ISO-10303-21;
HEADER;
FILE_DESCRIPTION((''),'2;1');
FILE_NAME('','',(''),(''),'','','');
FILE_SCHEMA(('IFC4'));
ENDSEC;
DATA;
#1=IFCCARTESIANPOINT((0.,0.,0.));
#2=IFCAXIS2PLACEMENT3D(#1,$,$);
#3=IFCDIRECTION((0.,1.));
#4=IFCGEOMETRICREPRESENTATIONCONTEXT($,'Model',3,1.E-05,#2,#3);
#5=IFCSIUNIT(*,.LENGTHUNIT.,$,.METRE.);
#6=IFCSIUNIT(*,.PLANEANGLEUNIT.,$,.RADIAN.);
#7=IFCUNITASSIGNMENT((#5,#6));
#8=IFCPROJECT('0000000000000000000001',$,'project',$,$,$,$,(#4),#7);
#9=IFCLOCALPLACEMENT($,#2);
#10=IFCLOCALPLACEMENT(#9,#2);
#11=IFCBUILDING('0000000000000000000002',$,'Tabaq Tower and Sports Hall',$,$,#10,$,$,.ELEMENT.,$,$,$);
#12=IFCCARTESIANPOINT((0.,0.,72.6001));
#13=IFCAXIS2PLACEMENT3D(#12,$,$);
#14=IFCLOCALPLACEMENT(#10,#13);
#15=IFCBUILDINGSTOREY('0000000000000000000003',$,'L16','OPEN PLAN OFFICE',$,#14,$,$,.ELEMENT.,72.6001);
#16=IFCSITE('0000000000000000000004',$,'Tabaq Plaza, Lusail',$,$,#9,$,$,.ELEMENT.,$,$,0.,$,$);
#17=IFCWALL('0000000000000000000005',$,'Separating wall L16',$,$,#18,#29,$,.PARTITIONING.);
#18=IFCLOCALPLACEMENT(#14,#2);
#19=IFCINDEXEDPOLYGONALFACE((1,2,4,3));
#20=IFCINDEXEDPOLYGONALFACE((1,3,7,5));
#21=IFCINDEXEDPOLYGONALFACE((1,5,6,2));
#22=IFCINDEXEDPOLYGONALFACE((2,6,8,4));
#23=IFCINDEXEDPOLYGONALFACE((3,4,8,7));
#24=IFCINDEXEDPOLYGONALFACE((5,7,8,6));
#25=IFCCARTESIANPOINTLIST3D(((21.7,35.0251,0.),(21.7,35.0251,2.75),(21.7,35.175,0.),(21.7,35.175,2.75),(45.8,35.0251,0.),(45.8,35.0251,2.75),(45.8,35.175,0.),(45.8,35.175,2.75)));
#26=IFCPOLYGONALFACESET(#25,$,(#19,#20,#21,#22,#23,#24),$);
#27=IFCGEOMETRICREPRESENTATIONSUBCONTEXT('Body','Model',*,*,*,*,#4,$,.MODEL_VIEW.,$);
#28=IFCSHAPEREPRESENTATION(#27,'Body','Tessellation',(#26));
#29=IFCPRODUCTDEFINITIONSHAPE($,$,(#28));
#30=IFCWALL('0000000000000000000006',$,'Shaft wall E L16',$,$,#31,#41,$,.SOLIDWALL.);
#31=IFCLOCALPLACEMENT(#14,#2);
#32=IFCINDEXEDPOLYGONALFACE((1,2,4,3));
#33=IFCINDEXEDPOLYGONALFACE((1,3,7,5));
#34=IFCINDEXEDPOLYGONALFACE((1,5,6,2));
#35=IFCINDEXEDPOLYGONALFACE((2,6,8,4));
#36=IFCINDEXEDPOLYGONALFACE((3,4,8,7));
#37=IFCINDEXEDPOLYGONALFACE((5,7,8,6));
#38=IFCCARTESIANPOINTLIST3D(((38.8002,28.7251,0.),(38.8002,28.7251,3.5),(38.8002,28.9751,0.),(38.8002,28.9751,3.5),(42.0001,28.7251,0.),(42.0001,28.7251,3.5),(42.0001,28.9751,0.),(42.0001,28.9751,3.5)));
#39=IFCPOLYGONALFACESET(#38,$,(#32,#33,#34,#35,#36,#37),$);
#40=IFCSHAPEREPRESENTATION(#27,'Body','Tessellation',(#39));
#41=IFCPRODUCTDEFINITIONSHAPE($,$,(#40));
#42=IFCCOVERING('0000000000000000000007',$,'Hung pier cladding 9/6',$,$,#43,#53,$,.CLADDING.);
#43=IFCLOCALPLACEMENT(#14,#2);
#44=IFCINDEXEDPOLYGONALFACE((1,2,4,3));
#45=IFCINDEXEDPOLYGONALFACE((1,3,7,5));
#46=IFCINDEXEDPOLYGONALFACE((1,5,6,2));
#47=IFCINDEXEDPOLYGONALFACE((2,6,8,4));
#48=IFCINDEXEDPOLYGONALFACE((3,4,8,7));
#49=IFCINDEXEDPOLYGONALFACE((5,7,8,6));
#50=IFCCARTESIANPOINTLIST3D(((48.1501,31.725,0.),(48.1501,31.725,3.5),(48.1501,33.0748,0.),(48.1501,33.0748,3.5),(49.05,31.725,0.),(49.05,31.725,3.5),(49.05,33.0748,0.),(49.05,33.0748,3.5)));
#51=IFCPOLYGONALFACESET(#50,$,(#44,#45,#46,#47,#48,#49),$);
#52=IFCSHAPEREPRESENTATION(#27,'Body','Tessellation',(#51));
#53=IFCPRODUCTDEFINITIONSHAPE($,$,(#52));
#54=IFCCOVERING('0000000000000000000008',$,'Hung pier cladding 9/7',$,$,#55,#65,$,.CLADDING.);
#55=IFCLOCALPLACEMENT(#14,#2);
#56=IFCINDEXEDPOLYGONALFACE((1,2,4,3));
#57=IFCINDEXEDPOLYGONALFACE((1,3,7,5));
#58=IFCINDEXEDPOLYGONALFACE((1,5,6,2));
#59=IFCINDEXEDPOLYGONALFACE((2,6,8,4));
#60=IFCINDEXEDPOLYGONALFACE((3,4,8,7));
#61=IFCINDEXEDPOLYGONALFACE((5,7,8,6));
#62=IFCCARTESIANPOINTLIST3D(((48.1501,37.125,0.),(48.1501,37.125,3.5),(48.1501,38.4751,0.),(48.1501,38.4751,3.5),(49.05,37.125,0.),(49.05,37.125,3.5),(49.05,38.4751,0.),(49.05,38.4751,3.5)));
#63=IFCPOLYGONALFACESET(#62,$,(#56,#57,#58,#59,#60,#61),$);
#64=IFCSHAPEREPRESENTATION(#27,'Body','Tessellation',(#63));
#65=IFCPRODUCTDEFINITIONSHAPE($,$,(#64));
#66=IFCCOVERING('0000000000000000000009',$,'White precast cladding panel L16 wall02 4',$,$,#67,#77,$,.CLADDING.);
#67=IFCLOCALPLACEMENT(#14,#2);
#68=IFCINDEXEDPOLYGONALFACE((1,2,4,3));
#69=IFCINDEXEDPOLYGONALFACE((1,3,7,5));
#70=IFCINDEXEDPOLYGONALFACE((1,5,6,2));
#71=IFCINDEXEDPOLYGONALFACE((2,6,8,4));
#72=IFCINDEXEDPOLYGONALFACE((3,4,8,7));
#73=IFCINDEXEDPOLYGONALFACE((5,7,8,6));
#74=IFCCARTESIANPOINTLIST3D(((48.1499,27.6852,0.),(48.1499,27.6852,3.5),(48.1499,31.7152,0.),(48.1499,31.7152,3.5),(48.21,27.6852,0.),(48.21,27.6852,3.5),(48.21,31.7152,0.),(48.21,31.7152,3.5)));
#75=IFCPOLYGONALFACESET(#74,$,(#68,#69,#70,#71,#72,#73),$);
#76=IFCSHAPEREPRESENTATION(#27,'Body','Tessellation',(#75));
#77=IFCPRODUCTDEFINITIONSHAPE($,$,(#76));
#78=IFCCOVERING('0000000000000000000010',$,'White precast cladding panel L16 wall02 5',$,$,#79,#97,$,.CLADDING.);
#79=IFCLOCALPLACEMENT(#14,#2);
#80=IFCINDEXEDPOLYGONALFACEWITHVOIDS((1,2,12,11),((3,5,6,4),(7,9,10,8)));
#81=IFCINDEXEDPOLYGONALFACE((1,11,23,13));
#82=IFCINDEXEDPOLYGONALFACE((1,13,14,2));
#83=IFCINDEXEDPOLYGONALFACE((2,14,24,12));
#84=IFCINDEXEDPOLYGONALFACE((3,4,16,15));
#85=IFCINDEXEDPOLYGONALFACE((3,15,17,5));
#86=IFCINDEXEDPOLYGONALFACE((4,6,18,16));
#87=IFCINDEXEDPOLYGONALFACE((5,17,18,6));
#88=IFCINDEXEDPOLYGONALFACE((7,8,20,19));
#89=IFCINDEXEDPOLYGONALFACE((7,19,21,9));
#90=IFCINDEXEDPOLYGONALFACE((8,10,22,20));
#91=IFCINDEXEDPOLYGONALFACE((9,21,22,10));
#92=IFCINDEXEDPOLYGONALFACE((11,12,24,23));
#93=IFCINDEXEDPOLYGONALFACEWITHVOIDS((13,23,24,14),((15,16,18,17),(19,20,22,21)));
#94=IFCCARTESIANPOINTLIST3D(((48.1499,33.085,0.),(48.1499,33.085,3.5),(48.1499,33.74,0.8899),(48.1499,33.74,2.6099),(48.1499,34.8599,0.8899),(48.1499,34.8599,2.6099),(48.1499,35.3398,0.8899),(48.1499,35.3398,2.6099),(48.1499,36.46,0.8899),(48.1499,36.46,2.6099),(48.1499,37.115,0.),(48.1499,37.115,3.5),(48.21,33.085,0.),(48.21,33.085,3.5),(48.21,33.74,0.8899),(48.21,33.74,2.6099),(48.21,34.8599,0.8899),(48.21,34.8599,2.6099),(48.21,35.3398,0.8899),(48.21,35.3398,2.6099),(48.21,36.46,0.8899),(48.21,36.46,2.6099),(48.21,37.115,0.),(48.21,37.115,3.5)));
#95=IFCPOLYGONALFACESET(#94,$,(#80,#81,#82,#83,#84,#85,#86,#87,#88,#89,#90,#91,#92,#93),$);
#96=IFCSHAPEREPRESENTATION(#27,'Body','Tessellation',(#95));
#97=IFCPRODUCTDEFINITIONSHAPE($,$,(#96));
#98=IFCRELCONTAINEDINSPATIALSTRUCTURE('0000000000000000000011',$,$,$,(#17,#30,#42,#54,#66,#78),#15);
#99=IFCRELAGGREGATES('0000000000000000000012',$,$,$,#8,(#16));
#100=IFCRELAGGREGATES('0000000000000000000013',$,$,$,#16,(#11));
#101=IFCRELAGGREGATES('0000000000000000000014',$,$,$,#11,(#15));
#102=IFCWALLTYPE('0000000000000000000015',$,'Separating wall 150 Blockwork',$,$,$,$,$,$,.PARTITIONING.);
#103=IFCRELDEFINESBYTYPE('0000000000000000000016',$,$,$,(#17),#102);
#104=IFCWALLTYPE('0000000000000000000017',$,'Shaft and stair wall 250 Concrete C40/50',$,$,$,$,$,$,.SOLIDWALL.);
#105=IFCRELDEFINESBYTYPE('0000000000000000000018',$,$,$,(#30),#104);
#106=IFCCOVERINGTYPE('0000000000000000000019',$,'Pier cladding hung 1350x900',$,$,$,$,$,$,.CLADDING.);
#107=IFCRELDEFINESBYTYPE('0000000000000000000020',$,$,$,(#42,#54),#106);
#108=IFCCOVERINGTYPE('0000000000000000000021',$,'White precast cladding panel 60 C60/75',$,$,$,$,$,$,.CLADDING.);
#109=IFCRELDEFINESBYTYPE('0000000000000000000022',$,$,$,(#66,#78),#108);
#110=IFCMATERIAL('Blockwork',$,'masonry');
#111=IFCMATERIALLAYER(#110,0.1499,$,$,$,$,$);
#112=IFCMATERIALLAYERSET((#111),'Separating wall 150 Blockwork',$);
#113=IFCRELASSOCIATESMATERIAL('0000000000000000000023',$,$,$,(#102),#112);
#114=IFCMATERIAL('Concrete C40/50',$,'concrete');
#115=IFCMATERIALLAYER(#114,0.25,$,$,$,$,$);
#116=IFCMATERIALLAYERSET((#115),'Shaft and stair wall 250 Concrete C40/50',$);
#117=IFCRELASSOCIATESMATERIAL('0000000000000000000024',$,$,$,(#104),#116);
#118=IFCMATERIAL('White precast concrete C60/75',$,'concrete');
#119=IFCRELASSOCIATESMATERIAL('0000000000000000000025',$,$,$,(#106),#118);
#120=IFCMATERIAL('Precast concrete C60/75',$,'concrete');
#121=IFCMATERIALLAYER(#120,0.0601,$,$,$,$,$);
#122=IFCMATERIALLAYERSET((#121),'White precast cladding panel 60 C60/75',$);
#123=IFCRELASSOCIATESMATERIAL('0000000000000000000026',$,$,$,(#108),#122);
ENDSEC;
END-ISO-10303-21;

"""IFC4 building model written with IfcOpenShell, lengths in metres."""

from ifc_helpers import new_model, si_unit, direction, frame, frame_2d, origin, place, context, subcontext, project, spatial, polyline, rectangle, outline, extrude, material, layer, layer_set, type_object, element, save


model = new_model("IFC4")

# Units and contexts
model_context = context("Model", 3, precision=1e-05, world=origin(), true_north=direction((0.0, 1.0)))
body_context = subcontext(model_context, "Body", "Model", "MODEL_VIEW")
ifc_project = project(units=[si_unit("LENGTHUNIT", "METRE"), si_unit("PLANEANGLEUNIT", "RADIAN")], contexts=[model_context])

# Site, building, storey
site_placement = place(None, origin())
site = spatial("IfcSite", under=ifc_project, at=site_placement, Name="Tabaq Plaza, Lusail", CompositionType="ELEMENT", RefElevation=0.0)
building_placement = place(site_placement, origin())
building = spatial("IfcBuilding", under=site, at=building_placement, Name="Tabaq Tower and Sports Hall", CompositionType="ELEMENT")
storey_placement = place(building_placement, frame((0.0, 0.0, 72.6001)))
storey = spatial("IfcBuildingStorey", under=building, at=storey_placement, Name="L16", Description="OPEN PLAN OFFICE", CompositionType="ELEMENT", Elevation=72.6001)

# Walls
ifc_material_1 = material(Name="Blockwork", Category="masonry")
ifc_layer_1 = layer(ifc_material_1, 0.1499)
ifc_layer_set_1 = layer_set([ifc_layer_1], Name="Separating wall 150 Blockwork")
wall_type_1 = type_object("IfcWallType", Name="Separating wall 150 Blockwork", PredefinedType="PARTITIONING", material=ifc_layer_set_1)
wall_1_placement = place(storey_placement, frame((45.8, 35.1001, 0.0), z_axis=(0.0, 0.0, 1.0), x_axis=(-1.0, 0.0, 0.0)))
element("IfcWall", 1, at=wall_1_placement, inside=storey, type_object=wall_type_1, Name="Separating wall L16", PredefinedType="PARTITIONING", context=body_context, shape_type="SweptSolid", body=[
    extrude(rectangle(XDim=24.1001, YDim=0.1499, at=frame_2d((12.05, 0.0))), origin(), (0.0, 0.0, 1.0), 2.75),
])
ifc_material_2 = material(Name="Concrete C40/50", Category="concrete")
ifc_layer_2 = layer(ifc_material_2, 0.25)
ifc_layer_set_2 = layer_set([ifc_layer_2], Name="Shaft and stair wall 250 Concrete C40/50")
wall_type_2 = type_object("IfcWallType", Name="Shaft and stair wall 250 Concrete C40/50", PredefinedType="SOLIDWALL", material=ifc_layer_set_2)
wall_2_placement = place(storey_placement, frame((38.8, 28.8501, 0.0), z_axis=(0.0, 0.0, 1.0), x_axis=(1.0, 0.0, 0.0)))
element("IfcWall", 2, at=wall_2_placement, inside=storey, type_object=wall_type_2, Name="Shaft wall E L16", PredefinedType="SOLIDWALL", context=body_context, shape_type="SweptSolid", body=[
    extrude(rectangle(XDim=3.2, YDim=0.25, at=frame_2d((1.6001, 0.0))), origin(), (0.0, 0.0, 1.0), 3.5),
])

# Coverings
ifc_material_3 = material(Name="White precast concrete C60/75", Category="concrete")
covering_type_1 = type_object("IfcCoveringType", Name="Pier cladding hung 1350x900", PredefinedType="CLADDING", material=ifc_material_3)
covering_1_placement = place(storey_placement, frame((48.6001, 31.7251, 0.0), z_axis=(0.0, 0.0, 1.0), x_axis=(0.0, 1.0, 0.0)))
element("IfcCovering", 3, at=covering_1_placement, inside=storey, type_object=covering_type_1, Name="Hung pier cladding 9/6", PredefinedType="CLADDING", context=body_context, shape_type="SweptSolid", body=[
    extrude(rectangle(XDim=1.3499, YDim=0.8999, at=frame_2d((0.6748, 0.0))), origin(), (0.0, 0.0, 1.0), 3.5),
])
covering_2_placement = place(storey_placement, frame((48.6001, 37.125, 0.0), z_axis=(0.0, 0.0, 1.0), x_axis=(0.0, 1.0, 0.0)))
element("IfcCovering", 4, at=covering_2_placement, inside=storey, type_object=covering_type_1, Name="Hung pier cladding 9/7", PredefinedType="CLADDING", context=body_context, shape_type="SweptSolid", body=[
    extrude(rectangle(XDim=1.3501, YDim=0.8999, at=frame_2d((0.675, 0.0))), origin(), (0.0, 0.0, 1.0), 3.5),
])
ifc_material_4 = material(Name="Precast concrete C60/75", Category="concrete")
ifc_layer_3 = layer(ifc_material_4, 0.0601)
ifc_layer_set_3 = layer_set([ifc_layer_3], Name="White precast cladding panel 60 C60/75")
covering_type_2 = type_object("IfcCoveringType", Name="White precast cladding panel 60 C60/75", PredefinedType="CLADDING", material=ifc_layer_set_3)
covering_3_placement = place(storey_placement, frame((48.1799, 27.6851, 0.0), z_axis=(0.0, 0.0, 1.0), x_axis=(0.0, 1.0, 0.0)))
element("IfcCovering", 5, at=covering_3_placement, inside=storey, type_object=covering_type_2, Name="White precast cladding panel L16 wall02 4", PredefinedType="CLADDING", context=body_context, shape_type="SweptSolid", body=[
    extrude(rectangle(XDim=4.03, YDim=0.0601, at=frame_2d((2.0151, 0.0))), origin(), (0.0, 0.0, 1.0), 3.5),
])
covering_4_placement = place(storey_placement, frame((48.1799, 33.085, 0.0), z_axis=(0.0, 0.0, 1.0), x_axis=(0.0, 1.0, 0.0)))
element("IfcCovering", 6, at=covering_4_placement, inside=storey, type_object=covering_type_2, Name="White precast cladding panel L16 wall02 5", PredefinedType="CLADDING", context=body_context, shape_type="SweptSolid", body=[
    extrude(outline(polyline([(0.0, 0.0), (4.03, 0.0), (4.03, 3.5), (0.0, 3.5), (0.0, 0.0)]), holes=[polyline([(0.655, 2.6099), (1.7749, 2.6099), (1.7749, 0.8899), (0.655, 0.8899), (0.655, 2.6099)]), polyline([(2.2549, 2.6099), (3.375, 2.6099), (3.375, 0.8899), (2.2549, 0.8899), (2.2549, 2.6099)])]), frame((0.0, 0.03, 0.0), z_axis=(0.0, -1.0, 0.0), x_axis=(1.0, 0.0, 0.0)), (0.0, 0.0, 1.0), 0.0601),
])

save(model, "model.ifc")
